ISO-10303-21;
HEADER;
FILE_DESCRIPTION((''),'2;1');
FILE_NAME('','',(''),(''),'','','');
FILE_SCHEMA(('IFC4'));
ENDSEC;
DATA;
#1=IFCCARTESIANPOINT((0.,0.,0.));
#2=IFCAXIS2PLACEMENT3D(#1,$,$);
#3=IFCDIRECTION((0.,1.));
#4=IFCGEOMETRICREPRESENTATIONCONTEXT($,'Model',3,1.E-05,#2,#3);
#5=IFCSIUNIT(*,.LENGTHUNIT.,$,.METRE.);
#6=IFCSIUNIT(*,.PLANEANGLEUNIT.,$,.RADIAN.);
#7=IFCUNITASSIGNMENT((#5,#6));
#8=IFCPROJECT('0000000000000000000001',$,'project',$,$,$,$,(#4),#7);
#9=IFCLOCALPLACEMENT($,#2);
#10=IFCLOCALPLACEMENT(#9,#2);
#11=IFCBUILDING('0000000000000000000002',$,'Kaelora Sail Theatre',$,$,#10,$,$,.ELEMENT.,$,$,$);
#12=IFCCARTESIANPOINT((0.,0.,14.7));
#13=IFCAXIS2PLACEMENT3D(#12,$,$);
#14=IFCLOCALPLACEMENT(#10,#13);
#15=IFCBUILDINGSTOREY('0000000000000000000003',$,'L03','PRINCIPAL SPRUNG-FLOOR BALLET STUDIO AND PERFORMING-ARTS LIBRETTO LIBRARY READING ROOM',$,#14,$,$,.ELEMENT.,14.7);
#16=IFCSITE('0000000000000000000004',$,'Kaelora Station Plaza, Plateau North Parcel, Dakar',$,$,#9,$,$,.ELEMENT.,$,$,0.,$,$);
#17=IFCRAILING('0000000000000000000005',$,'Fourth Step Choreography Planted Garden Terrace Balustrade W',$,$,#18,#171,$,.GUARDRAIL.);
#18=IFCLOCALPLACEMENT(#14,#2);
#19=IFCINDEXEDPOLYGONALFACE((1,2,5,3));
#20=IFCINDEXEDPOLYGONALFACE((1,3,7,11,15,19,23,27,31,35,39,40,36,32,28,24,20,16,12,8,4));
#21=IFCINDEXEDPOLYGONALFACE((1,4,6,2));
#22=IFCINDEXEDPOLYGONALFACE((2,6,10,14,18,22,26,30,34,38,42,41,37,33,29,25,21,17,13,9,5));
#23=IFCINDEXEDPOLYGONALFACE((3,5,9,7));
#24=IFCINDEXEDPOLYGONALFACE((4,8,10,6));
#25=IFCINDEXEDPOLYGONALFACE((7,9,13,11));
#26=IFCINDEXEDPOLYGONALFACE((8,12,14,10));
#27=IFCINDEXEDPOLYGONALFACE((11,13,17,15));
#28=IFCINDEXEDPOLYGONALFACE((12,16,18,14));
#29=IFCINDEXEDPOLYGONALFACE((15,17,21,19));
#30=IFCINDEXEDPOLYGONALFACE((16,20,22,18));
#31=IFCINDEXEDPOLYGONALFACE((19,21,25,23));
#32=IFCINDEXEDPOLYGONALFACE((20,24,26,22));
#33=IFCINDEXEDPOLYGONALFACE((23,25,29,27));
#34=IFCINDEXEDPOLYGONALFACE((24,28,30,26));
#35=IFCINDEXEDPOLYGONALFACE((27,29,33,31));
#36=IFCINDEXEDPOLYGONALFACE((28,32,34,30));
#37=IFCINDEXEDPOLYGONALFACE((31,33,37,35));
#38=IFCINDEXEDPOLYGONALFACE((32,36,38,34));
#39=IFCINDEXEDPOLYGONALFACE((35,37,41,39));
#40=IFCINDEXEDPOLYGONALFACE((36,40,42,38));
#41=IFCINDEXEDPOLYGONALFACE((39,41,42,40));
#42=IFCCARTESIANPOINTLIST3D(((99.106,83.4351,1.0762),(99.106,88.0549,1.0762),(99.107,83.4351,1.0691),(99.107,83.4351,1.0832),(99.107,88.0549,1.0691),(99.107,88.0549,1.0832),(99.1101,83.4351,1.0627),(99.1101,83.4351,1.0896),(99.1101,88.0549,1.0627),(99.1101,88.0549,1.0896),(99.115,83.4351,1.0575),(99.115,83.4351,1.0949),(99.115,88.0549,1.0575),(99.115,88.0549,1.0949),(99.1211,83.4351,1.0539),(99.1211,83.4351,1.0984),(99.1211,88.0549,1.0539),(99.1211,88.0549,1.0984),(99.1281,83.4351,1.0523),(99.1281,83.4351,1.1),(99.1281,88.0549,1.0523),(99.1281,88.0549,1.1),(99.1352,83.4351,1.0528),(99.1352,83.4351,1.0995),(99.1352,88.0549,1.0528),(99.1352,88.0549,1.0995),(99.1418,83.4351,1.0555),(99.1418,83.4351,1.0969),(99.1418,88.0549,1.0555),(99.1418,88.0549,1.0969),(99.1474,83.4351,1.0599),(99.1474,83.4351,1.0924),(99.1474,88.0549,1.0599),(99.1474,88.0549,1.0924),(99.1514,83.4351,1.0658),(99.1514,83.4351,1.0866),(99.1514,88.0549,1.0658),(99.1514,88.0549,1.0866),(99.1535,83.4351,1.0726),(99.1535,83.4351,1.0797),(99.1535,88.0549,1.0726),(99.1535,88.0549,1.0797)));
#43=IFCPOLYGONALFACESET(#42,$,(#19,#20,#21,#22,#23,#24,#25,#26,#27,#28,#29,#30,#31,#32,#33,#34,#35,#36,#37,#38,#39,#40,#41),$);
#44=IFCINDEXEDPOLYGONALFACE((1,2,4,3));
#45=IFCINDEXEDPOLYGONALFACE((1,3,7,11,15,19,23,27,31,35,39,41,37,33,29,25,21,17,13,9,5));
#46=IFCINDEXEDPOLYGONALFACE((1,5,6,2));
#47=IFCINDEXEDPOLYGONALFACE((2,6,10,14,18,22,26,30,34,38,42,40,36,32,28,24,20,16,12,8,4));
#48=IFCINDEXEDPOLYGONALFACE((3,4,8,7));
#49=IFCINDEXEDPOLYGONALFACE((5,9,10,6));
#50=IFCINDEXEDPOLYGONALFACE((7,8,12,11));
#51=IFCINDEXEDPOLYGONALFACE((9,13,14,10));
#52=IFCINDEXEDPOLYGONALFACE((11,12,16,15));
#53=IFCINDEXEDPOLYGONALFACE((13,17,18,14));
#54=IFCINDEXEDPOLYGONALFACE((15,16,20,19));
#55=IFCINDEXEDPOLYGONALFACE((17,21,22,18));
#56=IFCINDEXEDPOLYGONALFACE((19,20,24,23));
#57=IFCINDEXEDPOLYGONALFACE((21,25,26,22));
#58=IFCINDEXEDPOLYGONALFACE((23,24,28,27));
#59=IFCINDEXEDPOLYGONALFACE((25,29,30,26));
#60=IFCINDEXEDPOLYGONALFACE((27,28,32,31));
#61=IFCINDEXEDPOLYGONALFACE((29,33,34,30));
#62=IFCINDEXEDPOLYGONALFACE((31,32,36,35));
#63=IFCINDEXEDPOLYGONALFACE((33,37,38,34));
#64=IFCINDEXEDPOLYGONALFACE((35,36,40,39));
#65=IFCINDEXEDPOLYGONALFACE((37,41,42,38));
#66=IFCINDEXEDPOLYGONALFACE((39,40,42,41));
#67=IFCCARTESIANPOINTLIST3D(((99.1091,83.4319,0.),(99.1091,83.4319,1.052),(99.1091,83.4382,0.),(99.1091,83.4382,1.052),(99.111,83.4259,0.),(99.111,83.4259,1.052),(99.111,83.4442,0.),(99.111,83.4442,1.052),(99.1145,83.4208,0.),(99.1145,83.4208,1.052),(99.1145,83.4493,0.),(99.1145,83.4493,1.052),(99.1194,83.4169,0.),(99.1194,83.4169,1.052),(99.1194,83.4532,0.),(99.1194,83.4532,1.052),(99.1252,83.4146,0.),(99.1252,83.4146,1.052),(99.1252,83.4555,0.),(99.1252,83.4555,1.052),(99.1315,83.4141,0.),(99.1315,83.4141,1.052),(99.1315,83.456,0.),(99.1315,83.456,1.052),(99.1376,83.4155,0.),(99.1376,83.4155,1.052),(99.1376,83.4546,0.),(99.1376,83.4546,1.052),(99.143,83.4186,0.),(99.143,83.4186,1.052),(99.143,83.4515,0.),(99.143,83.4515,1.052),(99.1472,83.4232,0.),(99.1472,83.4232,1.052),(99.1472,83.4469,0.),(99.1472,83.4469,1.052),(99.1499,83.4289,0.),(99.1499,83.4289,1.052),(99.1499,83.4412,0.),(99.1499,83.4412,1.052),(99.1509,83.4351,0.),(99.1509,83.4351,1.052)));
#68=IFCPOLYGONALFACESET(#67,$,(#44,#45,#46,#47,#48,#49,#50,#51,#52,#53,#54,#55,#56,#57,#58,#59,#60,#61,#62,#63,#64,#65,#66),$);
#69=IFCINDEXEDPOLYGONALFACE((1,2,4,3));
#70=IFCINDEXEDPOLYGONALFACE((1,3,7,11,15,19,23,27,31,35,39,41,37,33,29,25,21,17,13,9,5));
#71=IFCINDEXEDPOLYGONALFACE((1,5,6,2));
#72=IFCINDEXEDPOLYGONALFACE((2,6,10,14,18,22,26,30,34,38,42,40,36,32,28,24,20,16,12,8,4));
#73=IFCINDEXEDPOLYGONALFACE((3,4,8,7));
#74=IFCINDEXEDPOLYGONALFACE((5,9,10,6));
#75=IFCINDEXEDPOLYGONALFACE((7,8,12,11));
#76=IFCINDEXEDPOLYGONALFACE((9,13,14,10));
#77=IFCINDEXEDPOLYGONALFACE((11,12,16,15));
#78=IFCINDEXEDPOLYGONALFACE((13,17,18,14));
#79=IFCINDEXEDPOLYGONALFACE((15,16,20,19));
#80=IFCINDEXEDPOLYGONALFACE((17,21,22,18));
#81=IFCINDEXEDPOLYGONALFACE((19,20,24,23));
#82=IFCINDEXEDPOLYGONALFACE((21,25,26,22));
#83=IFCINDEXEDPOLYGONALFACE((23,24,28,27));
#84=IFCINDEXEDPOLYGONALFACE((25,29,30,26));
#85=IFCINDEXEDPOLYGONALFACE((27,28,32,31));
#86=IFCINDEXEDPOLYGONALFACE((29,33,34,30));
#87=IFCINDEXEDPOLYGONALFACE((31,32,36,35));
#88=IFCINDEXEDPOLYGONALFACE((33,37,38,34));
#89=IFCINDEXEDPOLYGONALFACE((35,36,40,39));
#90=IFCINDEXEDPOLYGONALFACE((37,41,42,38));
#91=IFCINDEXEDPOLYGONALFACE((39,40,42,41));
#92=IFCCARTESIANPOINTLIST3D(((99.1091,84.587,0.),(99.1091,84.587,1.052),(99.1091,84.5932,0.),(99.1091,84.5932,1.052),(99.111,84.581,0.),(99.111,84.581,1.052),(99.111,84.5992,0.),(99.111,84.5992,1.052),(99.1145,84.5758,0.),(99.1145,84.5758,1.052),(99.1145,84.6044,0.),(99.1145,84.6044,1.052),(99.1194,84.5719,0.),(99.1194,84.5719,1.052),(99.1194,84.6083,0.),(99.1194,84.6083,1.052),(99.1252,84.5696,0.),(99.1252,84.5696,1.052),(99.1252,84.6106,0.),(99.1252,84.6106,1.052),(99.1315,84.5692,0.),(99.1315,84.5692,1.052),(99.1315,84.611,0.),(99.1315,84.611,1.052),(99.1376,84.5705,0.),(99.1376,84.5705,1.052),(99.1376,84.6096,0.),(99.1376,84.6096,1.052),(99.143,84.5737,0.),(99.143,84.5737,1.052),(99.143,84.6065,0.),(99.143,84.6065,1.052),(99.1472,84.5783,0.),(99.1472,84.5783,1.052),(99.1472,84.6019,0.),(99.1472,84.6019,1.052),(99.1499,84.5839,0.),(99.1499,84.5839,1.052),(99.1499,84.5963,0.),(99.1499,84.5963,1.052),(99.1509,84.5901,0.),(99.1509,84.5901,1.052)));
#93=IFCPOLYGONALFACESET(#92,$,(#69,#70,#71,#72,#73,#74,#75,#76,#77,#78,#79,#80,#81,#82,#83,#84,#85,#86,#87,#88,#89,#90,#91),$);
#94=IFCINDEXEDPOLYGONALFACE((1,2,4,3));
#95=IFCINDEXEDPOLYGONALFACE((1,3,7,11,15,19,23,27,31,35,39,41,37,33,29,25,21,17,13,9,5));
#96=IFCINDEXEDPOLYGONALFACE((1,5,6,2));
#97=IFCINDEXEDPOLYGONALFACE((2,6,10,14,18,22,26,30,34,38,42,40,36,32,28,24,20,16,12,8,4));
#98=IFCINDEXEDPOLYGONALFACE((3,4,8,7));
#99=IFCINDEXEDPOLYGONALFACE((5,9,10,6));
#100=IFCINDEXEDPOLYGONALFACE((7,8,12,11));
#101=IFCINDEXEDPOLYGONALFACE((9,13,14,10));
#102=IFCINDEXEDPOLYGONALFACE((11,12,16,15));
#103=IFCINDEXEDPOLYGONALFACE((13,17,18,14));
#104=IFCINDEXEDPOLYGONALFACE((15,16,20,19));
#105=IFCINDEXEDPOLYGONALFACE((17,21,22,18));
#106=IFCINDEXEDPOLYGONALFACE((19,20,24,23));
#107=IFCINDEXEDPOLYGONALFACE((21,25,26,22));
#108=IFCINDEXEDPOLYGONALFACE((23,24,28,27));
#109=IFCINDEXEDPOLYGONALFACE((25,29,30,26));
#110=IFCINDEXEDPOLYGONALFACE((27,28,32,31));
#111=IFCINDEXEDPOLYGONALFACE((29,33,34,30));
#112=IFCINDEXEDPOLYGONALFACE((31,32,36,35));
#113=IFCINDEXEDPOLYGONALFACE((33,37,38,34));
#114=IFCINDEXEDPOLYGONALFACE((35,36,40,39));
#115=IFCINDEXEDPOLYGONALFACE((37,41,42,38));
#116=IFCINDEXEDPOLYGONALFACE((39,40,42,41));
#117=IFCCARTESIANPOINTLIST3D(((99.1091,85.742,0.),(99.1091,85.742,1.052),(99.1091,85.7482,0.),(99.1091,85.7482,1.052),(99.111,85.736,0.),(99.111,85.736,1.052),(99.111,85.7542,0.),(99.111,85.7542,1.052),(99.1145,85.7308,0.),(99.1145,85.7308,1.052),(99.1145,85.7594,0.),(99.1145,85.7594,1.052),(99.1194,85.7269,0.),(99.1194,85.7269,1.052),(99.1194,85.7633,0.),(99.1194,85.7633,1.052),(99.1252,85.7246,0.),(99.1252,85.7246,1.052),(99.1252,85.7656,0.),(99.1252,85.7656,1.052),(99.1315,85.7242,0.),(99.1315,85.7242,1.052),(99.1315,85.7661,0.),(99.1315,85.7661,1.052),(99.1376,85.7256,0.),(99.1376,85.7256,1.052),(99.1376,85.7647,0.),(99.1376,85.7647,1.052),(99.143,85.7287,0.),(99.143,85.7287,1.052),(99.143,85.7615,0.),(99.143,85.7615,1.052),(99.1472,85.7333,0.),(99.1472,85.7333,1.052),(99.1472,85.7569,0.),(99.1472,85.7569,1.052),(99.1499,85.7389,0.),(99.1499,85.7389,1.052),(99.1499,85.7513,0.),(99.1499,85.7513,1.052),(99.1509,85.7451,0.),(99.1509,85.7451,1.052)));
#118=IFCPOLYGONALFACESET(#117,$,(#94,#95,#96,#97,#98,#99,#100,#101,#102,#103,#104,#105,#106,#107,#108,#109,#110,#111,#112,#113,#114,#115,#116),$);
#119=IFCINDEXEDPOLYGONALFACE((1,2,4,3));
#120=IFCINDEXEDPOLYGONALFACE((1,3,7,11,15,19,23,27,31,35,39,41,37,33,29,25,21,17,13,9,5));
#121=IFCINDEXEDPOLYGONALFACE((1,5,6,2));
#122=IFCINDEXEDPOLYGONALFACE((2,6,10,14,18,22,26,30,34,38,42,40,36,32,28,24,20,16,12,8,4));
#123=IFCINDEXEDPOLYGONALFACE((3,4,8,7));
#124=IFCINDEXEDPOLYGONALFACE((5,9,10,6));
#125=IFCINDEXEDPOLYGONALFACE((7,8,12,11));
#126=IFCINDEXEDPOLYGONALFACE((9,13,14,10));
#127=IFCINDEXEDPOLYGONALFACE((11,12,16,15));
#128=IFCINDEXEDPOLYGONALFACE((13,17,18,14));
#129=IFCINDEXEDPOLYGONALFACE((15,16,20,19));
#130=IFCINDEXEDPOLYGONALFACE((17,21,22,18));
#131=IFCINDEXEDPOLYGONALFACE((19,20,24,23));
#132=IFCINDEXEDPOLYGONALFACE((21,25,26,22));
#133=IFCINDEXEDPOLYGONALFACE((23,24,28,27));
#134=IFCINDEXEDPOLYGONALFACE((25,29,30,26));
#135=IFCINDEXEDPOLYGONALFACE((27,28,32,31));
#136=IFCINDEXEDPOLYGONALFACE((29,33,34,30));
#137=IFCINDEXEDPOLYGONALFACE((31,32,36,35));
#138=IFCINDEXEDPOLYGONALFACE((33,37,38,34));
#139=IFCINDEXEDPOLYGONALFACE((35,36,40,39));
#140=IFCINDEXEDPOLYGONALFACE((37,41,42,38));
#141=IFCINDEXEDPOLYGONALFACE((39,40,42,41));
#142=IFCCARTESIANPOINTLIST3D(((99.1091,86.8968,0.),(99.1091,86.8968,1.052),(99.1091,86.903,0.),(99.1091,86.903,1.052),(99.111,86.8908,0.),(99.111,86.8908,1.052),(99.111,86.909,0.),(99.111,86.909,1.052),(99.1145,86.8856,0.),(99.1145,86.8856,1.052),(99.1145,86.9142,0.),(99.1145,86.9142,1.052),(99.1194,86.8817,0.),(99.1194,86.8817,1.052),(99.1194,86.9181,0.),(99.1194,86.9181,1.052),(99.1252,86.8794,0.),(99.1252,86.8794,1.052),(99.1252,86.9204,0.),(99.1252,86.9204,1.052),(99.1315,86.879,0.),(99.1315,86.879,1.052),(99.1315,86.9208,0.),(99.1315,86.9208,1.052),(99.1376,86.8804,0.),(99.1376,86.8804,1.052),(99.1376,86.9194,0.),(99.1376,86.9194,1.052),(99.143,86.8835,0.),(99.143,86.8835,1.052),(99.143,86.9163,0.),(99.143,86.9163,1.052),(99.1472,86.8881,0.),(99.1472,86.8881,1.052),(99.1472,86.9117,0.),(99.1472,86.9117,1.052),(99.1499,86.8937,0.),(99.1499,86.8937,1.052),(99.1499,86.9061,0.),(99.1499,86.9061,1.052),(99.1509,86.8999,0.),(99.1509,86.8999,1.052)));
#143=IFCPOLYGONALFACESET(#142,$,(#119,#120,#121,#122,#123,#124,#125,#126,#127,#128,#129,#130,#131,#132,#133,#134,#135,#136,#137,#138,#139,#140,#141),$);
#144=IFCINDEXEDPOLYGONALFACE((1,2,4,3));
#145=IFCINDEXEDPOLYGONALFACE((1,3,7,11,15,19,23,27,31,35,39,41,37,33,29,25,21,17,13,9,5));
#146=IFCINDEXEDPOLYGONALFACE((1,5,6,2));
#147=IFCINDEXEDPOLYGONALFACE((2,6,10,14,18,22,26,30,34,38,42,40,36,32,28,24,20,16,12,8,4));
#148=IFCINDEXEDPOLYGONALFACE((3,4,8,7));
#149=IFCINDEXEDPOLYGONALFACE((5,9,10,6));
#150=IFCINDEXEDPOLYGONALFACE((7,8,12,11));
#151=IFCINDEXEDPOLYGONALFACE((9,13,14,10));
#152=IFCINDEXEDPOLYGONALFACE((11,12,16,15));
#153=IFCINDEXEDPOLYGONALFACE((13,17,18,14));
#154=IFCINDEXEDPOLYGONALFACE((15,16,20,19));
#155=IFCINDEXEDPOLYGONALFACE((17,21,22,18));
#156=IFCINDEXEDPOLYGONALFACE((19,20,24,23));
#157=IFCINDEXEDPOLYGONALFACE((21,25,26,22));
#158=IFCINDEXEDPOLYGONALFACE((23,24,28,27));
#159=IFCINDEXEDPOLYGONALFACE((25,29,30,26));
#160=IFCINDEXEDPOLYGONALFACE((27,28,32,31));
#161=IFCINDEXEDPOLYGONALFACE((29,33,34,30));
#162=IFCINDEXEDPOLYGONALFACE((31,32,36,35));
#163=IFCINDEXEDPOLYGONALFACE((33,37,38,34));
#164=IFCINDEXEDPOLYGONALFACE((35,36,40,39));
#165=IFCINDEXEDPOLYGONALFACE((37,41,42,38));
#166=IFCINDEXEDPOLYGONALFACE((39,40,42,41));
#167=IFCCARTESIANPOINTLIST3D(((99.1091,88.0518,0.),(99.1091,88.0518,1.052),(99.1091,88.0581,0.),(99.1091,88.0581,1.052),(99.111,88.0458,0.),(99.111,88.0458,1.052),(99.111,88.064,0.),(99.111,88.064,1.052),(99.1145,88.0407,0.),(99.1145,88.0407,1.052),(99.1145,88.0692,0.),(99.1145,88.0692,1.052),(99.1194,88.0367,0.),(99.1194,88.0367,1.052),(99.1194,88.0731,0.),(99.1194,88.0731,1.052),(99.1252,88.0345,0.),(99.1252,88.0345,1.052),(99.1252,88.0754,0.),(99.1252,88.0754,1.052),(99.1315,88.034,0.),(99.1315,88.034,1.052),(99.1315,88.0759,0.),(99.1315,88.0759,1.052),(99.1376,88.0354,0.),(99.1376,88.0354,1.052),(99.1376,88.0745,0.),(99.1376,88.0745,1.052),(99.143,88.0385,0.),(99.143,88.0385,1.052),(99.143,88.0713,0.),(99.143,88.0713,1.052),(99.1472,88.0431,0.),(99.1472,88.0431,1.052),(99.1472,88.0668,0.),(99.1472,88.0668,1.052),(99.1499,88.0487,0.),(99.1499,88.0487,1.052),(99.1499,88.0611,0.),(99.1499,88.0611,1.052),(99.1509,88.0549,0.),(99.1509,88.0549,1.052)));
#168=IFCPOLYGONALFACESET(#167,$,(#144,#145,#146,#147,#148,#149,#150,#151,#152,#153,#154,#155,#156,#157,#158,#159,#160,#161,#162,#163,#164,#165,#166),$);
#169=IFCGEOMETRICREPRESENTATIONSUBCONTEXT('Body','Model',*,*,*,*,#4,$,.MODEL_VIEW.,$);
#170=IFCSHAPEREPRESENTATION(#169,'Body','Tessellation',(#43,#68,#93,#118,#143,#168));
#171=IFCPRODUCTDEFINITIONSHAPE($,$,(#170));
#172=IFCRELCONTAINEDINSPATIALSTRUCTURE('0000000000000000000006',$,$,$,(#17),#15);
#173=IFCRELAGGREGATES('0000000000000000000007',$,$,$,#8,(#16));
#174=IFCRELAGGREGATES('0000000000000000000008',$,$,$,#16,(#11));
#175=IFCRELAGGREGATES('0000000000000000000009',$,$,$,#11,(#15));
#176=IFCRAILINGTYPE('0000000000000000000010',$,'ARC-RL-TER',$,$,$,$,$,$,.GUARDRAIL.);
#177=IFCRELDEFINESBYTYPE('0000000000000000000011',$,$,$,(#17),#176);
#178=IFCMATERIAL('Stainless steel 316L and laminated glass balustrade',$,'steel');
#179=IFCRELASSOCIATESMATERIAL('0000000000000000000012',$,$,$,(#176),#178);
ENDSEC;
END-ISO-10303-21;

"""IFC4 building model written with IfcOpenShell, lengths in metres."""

from ifc_helpers import new_model, si_unit, direction, frame, origin, origin_2d, place, context, subcontext, project, spatial, circle, extrude, material, type_object, element, save


model = new_model("IFC4")

# Units and contexts
model_context = context("Model", 3, precision=1e-05, world=origin(), true_north=direction((0.0, 1.0)))
body_context = subcontext(model_context, "Body", "Model", "MODEL_VIEW")
ifc_project = project(units=[si_unit("LENGTHUNIT", "METRE"), si_unit("PLANEANGLEUNIT", "RADIAN")], contexts=[model_context])

# Site, building, storey
site_placement = place(None, origin())
site = spatial("IfcSite", under=ifc_project, at=site_placement, Name="Kaelora Station Plaza, Plateau North Parcel, Dakar", CompositionType="ELEMENT", RefElevation=0.0)
building_placement = place(site_placement, origin())
building = spatial("IfcBuilding", under=site, at=building_placement, Name="Kaelora Sail Theatre", CompositionType="ELEMENT")
storey_placement = place(building_placement, frame((0.0, 0.0, 14.7)))
storey = spatial("IfcBuildingStorey", under=building, at=storey_placement, Name="L03", Description="PRINCIPAL SPRUNG-FLOOR BALLET STUDIO AND PERFORMING-ARTS LIBRETTO LIBRARY READING ROOM", CompositionType="ELEMENT", Elevation=14.7)

# Railing
ifc_material_1 = material(Name="Stainless steel 316L and laminated glass balustrade", Category="steel")
railing_type_1 = type_object("IfcRailingType", Name="ARC-RL-TER", PredefinedType="GUARDRAIL", material=ifc_material_1)
railing_1_placement = place(storey_placement, frame((99.1299, 83.4351, 0.0)))
element("IfcRailing", 1, at=railing_1_placement, inside=storey, type_object=railing_type_1, Name="Fourth Step Choreography Planted Garden Terrace Balustrade W", PredefinedType="GUARDRAIL", context=body_context, shape_type="SweptSolid", body=[
    extrude(circle(Radius=0.0239, at=origin_2d()), frame((0.0, 0.0, 1.0762), z_axis=(0.0, 1.0, 0.0), x_axis=(-1.0, 0.0, 0.0)), (0.0, 0.0, 1.0), 4.6199),
    extrude(circle(Radius=0.021, at=origin_2d()), origin(), (0.0, 0.0, 1.0), 1.052),
    extrude(circle(Radius=0.021, at=origin_2d()), frame((0.0, 1.155, 0.0)), (0.0, 0.0, 1.0), 1.052),
    extrude(circle(Radius=0.021, at=origin_2d()), frame((0.0, 2.3101, 0.0)), (0.0, 0.0, 1.0), 1.052),
    extrude(circle(Radius=0.021, at=origin_2d()), frame((0.0, 3.4648, 0.0)), (0.0, 0.0, 1.0), 1.052),
    extrude(circle(Radius=0.021, at=origin_2d()), frame((0.0, 4.6199, 0.0)), (0.0, 0.0, 1.0), 1.052),
])

save(model, "model.ifc")
